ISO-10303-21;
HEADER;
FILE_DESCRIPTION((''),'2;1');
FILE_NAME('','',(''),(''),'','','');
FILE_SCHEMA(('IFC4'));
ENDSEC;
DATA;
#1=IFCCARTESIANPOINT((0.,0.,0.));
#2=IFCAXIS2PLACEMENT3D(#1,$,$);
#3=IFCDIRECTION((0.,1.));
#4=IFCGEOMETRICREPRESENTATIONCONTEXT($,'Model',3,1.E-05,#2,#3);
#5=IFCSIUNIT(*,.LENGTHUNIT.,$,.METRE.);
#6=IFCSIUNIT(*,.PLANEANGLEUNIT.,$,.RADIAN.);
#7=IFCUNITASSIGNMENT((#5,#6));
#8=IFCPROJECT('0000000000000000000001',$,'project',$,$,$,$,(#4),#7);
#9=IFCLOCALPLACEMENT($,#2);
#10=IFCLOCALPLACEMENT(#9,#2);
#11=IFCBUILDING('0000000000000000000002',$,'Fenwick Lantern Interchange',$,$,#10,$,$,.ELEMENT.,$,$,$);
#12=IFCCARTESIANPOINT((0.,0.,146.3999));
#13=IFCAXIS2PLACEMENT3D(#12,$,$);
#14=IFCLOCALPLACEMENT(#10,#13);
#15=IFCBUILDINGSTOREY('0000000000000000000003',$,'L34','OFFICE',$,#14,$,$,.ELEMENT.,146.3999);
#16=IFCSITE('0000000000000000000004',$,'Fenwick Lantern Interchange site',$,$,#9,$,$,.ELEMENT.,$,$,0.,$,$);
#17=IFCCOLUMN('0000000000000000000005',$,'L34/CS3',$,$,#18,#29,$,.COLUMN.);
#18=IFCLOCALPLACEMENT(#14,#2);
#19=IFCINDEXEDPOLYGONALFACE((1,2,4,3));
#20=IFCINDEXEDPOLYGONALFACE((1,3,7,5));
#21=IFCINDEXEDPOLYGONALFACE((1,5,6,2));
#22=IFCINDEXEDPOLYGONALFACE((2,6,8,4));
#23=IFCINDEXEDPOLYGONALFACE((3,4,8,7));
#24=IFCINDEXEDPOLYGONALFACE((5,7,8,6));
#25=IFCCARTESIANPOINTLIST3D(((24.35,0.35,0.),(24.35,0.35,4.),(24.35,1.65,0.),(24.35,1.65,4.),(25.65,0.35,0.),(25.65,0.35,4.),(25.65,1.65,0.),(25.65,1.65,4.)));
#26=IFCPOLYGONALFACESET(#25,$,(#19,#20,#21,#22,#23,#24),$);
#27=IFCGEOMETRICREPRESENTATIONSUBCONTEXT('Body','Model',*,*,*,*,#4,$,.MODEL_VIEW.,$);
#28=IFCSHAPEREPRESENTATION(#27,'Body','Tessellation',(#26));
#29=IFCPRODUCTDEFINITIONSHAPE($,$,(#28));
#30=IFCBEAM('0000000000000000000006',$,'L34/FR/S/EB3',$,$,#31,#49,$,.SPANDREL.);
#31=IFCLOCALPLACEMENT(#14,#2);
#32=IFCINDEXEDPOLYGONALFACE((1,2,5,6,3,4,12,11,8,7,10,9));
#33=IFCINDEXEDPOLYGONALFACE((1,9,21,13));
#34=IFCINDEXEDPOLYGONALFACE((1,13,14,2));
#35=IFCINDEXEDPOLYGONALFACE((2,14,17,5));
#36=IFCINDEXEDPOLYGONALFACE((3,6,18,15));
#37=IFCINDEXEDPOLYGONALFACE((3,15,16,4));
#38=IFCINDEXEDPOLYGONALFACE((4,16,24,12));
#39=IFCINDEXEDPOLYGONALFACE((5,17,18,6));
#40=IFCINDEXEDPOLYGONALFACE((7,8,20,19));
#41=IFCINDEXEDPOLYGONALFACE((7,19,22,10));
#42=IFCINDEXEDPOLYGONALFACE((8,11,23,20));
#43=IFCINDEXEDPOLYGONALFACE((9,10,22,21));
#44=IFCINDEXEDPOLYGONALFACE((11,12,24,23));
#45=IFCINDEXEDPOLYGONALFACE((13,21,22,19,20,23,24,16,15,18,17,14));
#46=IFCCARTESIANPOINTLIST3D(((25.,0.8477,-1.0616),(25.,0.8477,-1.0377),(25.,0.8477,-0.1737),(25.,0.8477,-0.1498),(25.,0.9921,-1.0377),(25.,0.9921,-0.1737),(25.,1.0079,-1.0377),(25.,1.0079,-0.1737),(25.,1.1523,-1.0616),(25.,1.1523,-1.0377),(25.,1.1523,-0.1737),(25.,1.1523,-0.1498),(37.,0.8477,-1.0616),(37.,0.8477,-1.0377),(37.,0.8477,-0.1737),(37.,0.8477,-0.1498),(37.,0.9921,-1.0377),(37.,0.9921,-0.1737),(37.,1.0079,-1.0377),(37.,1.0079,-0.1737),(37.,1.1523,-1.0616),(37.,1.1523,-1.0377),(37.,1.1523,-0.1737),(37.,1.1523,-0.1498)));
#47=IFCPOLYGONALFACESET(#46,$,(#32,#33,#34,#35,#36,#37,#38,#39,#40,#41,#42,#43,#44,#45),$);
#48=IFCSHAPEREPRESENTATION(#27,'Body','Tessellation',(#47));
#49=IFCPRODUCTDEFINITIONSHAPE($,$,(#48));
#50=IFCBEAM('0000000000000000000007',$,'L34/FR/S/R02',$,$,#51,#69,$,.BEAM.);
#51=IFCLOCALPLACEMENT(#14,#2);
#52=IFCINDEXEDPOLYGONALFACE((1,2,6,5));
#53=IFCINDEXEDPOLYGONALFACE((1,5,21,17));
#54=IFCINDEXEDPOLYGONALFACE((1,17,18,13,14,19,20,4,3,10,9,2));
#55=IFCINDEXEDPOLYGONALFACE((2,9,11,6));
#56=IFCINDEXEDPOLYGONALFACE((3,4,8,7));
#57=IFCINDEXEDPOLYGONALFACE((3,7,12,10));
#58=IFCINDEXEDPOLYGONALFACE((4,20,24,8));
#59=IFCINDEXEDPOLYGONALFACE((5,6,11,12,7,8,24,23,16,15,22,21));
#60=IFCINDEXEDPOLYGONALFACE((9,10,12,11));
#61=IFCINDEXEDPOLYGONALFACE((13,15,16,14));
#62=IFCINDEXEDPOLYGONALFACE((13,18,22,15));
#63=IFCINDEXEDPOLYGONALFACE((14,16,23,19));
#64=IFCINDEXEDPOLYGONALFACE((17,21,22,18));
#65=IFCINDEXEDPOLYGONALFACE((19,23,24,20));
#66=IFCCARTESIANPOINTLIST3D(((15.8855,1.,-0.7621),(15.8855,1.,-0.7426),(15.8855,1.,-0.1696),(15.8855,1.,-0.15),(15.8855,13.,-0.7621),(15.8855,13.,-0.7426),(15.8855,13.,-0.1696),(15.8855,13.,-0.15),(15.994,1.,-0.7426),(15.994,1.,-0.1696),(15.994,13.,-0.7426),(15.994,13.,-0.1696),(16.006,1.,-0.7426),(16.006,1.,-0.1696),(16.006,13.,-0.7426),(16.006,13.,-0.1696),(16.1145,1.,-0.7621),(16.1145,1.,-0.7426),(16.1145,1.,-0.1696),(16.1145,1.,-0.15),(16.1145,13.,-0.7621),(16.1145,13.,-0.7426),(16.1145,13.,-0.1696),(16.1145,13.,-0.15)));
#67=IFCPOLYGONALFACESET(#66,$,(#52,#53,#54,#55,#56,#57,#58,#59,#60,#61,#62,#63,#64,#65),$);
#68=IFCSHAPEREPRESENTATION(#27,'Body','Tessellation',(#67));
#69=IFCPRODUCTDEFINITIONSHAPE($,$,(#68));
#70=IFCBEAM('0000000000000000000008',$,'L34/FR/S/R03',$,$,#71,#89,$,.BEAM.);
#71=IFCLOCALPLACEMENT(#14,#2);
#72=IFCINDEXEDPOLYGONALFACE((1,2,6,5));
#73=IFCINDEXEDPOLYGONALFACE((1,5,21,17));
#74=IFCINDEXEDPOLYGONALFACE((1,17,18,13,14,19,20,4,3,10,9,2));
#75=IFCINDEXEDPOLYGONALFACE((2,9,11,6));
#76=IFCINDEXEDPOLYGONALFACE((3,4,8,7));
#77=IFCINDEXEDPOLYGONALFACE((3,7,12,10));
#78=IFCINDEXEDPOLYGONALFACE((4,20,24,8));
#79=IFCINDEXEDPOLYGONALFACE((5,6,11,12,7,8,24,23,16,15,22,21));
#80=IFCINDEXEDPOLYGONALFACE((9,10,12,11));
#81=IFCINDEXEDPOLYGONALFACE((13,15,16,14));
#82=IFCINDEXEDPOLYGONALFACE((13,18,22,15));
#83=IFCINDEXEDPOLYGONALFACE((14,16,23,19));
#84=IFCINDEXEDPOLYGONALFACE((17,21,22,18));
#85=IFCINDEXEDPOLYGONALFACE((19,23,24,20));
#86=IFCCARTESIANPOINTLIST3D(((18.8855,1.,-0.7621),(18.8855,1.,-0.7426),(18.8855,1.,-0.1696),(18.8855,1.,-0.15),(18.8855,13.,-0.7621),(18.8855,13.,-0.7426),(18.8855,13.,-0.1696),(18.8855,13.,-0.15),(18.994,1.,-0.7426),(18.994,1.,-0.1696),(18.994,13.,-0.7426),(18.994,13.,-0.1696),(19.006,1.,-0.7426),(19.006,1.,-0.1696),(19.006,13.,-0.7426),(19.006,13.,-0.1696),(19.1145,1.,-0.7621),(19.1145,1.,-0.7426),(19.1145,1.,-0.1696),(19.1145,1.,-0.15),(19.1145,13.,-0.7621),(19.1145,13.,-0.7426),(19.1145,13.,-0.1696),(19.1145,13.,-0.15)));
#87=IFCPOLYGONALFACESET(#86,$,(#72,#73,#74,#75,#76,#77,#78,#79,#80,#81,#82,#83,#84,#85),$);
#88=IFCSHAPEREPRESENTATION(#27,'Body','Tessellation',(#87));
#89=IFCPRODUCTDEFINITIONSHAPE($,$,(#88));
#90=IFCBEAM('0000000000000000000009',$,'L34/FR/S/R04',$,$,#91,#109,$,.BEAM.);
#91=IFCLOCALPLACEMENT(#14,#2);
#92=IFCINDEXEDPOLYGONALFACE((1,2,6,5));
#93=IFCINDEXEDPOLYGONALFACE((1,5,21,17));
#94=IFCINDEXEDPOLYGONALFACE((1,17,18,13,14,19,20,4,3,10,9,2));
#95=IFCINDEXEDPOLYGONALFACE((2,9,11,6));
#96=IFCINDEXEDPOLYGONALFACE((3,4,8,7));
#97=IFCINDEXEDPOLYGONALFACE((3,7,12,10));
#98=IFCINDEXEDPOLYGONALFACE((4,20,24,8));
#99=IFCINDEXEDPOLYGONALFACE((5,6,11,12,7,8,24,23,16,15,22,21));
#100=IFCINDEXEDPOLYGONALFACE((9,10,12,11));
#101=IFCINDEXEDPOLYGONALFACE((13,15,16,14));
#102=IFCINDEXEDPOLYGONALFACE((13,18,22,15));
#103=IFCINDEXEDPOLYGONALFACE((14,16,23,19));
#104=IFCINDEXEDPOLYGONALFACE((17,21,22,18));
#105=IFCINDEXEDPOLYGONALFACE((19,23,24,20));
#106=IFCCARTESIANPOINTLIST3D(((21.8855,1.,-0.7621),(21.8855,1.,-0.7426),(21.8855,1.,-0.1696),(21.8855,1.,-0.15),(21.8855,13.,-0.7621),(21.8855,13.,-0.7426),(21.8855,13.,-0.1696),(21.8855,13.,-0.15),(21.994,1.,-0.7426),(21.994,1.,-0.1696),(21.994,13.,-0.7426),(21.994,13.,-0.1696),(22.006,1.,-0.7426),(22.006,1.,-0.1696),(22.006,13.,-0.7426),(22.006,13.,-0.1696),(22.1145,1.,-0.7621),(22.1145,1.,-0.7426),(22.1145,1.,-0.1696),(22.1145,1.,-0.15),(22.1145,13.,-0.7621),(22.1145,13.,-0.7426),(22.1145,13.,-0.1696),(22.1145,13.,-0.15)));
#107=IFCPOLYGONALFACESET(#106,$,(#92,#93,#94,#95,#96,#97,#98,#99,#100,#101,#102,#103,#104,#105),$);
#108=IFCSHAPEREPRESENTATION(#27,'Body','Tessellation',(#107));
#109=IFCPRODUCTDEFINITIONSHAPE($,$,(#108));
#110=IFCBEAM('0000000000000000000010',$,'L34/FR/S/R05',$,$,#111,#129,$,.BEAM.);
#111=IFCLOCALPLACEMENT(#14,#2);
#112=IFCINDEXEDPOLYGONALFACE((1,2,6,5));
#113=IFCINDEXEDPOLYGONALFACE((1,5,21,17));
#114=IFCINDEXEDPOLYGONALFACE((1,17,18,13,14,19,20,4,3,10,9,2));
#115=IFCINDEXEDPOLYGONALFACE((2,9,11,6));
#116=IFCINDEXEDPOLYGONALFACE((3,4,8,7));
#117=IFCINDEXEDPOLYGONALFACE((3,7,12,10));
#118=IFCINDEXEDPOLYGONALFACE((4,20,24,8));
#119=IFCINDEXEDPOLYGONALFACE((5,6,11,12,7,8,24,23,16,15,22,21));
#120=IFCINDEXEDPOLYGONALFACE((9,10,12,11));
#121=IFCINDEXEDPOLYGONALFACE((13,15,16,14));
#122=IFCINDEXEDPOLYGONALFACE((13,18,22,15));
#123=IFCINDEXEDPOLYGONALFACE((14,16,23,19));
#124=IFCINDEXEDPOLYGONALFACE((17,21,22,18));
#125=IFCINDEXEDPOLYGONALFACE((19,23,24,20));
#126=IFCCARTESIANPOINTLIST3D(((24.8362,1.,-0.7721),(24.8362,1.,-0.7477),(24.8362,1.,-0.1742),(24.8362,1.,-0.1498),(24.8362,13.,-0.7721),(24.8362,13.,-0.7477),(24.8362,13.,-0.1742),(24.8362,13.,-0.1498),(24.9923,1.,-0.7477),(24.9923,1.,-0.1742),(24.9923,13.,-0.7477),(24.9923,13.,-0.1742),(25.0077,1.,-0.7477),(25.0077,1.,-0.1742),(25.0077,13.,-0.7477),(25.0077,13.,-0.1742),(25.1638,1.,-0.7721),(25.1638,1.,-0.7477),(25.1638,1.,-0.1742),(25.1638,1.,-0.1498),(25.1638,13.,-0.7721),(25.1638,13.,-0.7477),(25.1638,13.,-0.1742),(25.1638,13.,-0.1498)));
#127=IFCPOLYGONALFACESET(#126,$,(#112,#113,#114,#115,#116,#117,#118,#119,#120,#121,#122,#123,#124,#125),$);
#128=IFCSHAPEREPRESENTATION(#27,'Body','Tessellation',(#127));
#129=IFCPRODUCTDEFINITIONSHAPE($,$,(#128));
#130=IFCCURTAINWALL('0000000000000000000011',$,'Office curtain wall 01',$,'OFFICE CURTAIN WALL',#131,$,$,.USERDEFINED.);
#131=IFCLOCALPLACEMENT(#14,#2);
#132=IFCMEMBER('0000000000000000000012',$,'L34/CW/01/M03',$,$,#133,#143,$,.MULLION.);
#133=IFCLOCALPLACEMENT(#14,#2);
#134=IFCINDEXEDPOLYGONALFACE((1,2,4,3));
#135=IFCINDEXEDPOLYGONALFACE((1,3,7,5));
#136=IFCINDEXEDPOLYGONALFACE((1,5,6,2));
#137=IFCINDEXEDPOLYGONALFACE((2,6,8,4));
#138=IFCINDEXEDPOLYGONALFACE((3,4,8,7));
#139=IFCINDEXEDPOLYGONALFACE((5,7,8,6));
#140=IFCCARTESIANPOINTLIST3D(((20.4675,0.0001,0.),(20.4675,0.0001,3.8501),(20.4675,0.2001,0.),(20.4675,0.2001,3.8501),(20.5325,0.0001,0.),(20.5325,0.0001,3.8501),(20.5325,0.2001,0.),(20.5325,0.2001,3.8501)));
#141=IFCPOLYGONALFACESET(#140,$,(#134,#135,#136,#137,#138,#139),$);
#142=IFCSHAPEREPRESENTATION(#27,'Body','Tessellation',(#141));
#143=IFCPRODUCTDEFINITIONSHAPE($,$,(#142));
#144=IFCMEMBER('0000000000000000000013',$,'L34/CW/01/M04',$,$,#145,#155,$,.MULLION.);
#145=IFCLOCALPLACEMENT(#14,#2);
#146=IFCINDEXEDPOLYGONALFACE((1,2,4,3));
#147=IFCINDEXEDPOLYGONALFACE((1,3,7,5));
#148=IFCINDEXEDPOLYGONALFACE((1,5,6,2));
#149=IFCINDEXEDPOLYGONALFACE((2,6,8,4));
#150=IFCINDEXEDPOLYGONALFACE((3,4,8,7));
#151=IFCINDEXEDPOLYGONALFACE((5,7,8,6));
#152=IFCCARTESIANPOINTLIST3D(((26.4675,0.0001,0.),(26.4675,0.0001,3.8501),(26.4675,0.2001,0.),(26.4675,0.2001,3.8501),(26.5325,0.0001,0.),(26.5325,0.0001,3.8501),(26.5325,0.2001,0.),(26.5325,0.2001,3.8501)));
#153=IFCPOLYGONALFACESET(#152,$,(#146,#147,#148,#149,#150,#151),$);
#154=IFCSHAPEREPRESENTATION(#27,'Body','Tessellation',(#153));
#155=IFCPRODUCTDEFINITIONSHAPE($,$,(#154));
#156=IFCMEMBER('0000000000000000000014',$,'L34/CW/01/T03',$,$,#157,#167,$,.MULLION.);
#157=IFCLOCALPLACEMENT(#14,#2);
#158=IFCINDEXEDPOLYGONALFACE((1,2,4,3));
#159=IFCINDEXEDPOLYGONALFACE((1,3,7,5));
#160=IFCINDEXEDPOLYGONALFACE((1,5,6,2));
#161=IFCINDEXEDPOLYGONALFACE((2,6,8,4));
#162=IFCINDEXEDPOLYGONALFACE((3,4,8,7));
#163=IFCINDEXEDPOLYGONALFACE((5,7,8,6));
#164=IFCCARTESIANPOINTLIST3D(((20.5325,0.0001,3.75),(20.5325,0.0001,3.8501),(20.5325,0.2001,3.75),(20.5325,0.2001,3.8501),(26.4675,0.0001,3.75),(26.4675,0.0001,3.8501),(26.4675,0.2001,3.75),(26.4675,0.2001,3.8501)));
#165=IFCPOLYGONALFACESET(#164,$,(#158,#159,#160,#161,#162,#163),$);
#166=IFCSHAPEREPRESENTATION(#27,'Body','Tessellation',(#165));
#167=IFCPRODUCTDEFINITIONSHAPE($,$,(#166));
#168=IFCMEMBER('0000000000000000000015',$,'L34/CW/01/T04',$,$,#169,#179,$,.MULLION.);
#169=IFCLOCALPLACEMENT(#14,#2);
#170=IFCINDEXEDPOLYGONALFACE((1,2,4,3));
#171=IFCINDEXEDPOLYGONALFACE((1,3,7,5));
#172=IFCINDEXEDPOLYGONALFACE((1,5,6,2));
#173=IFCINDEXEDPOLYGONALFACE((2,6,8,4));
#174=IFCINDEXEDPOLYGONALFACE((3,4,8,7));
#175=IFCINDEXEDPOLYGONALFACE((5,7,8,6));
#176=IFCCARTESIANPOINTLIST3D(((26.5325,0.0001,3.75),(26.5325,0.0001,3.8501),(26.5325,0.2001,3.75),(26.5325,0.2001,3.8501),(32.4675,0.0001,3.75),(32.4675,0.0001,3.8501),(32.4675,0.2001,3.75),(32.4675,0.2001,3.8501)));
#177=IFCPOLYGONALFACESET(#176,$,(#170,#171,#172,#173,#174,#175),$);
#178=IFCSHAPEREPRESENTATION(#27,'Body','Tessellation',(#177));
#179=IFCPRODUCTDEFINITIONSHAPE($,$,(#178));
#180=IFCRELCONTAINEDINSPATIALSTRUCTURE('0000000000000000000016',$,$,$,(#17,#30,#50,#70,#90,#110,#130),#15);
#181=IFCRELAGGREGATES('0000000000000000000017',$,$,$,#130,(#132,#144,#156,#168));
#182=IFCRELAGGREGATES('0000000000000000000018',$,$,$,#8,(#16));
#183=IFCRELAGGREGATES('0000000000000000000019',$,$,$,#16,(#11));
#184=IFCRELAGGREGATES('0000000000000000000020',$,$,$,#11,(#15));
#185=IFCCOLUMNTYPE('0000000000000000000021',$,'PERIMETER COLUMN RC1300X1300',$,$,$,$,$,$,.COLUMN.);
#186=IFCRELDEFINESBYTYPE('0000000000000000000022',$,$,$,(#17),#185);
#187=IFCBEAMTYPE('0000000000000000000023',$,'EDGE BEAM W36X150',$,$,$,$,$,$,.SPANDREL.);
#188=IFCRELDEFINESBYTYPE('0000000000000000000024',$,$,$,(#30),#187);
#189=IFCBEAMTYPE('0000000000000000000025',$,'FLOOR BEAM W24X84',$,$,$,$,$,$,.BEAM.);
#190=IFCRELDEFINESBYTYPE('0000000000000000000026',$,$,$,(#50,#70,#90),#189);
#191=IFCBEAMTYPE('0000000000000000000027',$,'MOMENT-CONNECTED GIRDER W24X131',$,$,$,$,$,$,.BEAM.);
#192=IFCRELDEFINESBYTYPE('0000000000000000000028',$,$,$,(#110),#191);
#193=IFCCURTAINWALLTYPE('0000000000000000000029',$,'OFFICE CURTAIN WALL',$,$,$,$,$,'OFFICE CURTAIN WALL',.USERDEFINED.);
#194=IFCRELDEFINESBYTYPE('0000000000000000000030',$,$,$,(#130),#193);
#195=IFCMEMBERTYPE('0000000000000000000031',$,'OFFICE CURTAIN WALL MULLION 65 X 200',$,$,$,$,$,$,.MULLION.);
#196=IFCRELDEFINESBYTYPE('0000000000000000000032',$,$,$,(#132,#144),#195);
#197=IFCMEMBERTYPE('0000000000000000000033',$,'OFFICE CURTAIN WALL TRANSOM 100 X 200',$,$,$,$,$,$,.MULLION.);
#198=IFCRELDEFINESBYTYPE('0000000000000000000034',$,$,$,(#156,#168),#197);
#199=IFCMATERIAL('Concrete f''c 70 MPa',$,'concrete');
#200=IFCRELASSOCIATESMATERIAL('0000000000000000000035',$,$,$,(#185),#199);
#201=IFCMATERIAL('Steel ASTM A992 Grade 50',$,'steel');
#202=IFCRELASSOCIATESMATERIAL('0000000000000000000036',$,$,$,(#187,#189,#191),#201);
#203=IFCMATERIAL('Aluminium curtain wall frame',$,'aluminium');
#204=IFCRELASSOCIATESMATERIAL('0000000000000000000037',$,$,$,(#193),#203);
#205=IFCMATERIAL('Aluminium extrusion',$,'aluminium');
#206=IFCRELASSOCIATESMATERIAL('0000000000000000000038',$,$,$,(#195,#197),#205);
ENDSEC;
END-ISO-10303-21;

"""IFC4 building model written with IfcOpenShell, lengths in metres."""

from ifc_helpers import new_model, si_unit, direction, frame, origin, origin_2d, place, context, subcontext, project, spatial, rectangle, i_section, extrude, material, material_profile, profile_set, type_object, element, aggregate, save


model = new_model("IFC4")

# Units and contexts
model_context = context("Model", 3, precision=1e-05, world=origin(), true_north=direction((0.0, 1.0)))
body_context = subcontext(model_context, "Body", "Model", "MODEL_VIEW")
ifc_project = project(units=[si_unit("LENGTHUNIT", "METRE"), si_unit("PLANEANGLEUNIT", "RADIAN")], contexts=[model_context])

# Site, building, storey
site_placement = place(None, origin())
site = spatial("IfcSite", under=ifc_project, at=site_placement, Name="Fenwick Lantern Interchange site", CompositionType="ELEMENT", RefElevation=0.0)
building_placement = place(site_placement, origin())
building = spatial("IfcBuilding", under=site, at=building_placement, Name="Fenwick Lantern Interchange", CompositionType="ELEMENT")
storey_placement = place(building_placement, frame((0.0, 0.0, 146.3999)))
storey = spatial("IfcBuildingStorey", under=building, at=storey_placement, Name="L34", Description="OFFICE", CompositionType="ELEMENT", Elevation=146.3999)

# Column
ifc_material_1 = material(Name="Concrete f'c 70 MPa", Category="concrete")
ifc_material_profile_1 = material_profile(ifc_material_1, rectangle(XDim=1.3, YDim=1.3, at=origin_2d()), Name="RC1300X1300")
ifc_profile_set_1 = profile_set([ifc_material_profile_1], Name="Concrete f'c 70 MPa")
column_type = type_object("IfcColumnType", Name="PERIMETER COLUMN RC1300X1300", PredefinedType="COLUMN", material=ifc_profile_set_1)
column_placement = place(storey_placement, frame((25.0, 1.0, 0.0), z_axis=(0.0, 0.0, 1.0), x_axis=(1.0, 0.0, 0.0)))
element("IfcColumn", 1, at=column_placement, inside=storey, type_object=column_type, Name="L34/CS3", PredefinedType="COLUMN", context=body_context, shape_type="SweptSolid", body=[
    extrude(rectangle(XDim=1.3, YDim=1.3, at=origin_2d()), origin(), (0.0, 0.0, 1.0), 4.0),
])

# Beams
ifc_material_2 = material(Name="Steel ASTM A992 Grade 50", Category="steel")
ifc_material_profile_2 = material_profile(ifc_material_2, i_section(OverallWidth=0.3047, OverallDepth=0.9119, WebThickness=0.0159, FlangeThickness=0.0239, at=origin_2d()), Name="W36X150")
ifc_profile_set_2 = profile_set([ifc_material_profile_2], Name="Steel ASTM A992 Grade 50")
beam_type_1 = type_object("IfcBeamType", Name="EDGE BEAM W36X150", PredefinedType="SPANDREL", material=ifc_profile_set_2)
beam_1_placement = place(storey_placement, frame((25.0, 1.0, -0.6057), z_axis=(1.0, 0.0, 0.0), x_axis=(0.0, 1.0, 0.0)))
element("IfcBeam", 2, at=beam_1_placement, inside=storey, type_object=beam_type_1, Name="L34/FR/S/EB3", PredefinedType="SPANDREL", context=body_context, shape_type="SweptSolid", body=[
    extrude(i_section(OverallWidth=0.3047, OverallDepth=0.9119, WebThickness=0.0159, FlangeThickness=0.0239, at=origin_2d()), origin(), (0.0, 0.0, 1.0), 12.0),
])
ifc_material_profile_3 = material_profile(ifc_material_2, i_section(OverallWidth=0.229, OverallDepth=0.6121, WebThickness=0.012, FlangeThickness=0.0195, at=origin_2d()), Name="W24X84")
ifc_profile_set_3 = profile_set([ifc_material_profile_3], Name="Steel ASTM A992 Grade 50")
beam_type_2 = type_object("IfcBeamType", Name="FLOOR BEAM W24X84", PredefinedType="BEAM", material=ifc_profile_set_3)
for number, where, z_axis, x_axis, name in (
    (3, (16.0, 1.0, -0.4561), (0.0, 1.0, 0.0), (-1.0, 0.0, 0.0), "L34/FR/S/R02"),
    (4, (19.0, 1.0, -0.4561), (0.0, 1.0, 0.0), (-1.0, 0.0, 0.0), "L34/FR/S/R03"),
    (5, (22.0, 1.0, -0.4561), (0.0, 1.0, 0.0), (-1.0, 0.0, 0.0), "L34/FR/S/R04"),
):
    element("IfcBeam", number, at=place(storey_placement, frame(where, z_axis=z_axis, x_axis=x_axis)), inside=storey, type_object=beam_type_2, Name=name, PredefinedType="BEAM", context=body_context, shape_type="SweptSolid", body=[
        extrude(i_section(OverallWidth=0.229, OverallDepth=0.6121, WebThickness=0.012, FlangeThickness=0.0195, at=origin_2d()), origin(), (0.0, 0.0, 1.0), 12.0),
    ])
ifc_material_profile_4 = material_profile(ifc_material_2, i_section(OverallWidth=0.3276, OverallDepth=0.6223, WebThickness=0.0154, FlangeThickness=0.0244, at=origin_2d()), Name="W24X131")
ifc_profile_set_4 = profile_set([ifc_material_profile_4], Name="Steel ASTM A992 Grade 50")
beam_type_3 = type_object("IfcBeamType", Name="MOMENT-CONNECTED GIRDER W24X131", PredefinedType="BEAM", material=ifc_profile_set_4)
beam_2_placement = place(storey_placement, frame((25.0, 1.0, -0.4609), z_axis=(0.0, 1.0, 0.0), x_axis=(-1.0, 0.0, 0.0)))
element("IfcBeam", 6, at=beam_2_placement, inside=storey, type_object=beam_type_3, Name="L34/FR/S/R05", PredefinedType="BEAM", context=body_context, shape_type="SweptSolid", body=[
    extrude(i_section(OverallWidth=0.3276, OverallDepth=0.6223, WebThickness=0.0154, FlangeThickness=0.0244, at=origin_2d()), origin(), (0.0, 0.0, 1.0), 12.0),
])

# Curtain wall, members
ifc_material_3 = material(Name="Aluminium curtain wall frame", Category="aluminium")
curtain_wall_type = type_object("IfcCurtainWallType", Name="OFFICE CURTAIN WALL", ElementType="OFFICE CURTAIN WALL", PredefinedType="USERDEFINED", material=ifc_material_3)
curtain_wall_placement = place(storey_placement, origin())
curtain_wall = element("IfcCurtainWall", 7, at=curtain_wall_placement, inside=storey, type_object=curtain_wall_type, Name="Office curtain wall 01", ObjectType="OFFICE CURTAIN WALL", PredefinedType="USERDEFINED")
ifc_material_4 = material(Name="Aluminium extrusion", Category="aluminium")
ifc_material_profile_5 = material_profile(ifc_material_4, rectangle(XDim=0.2, YDim=0.0649, at=origin_2d()), Name="OFFICE CURTAIN WALL MULLION 65 X 200")
ifc_profile_set_5 = profile_set([ifc_material_profile_5], Name="Aluminium extrusion")
member_type_1 = type_object("IfcMemberType", Name="OFFICE CURTAIN WALL MULLION 65 X 200", PredefinedType="MULLION", material=ifc_profile_set_5)
member_1_placement = place(storey_placement, frame((20.5, 0.1001, 0.0), z_axis=(0.0, 0.0, 1.0), x_axis=(0.0, 1.0, 0.0)))
member_1 = element("IfcMember", 8, at=member_1_placement, type_object=member_type_1, Name="L34/CW/01/M03", PredefinedType="MULLION", context=body_context, shape_type="SweptSolid", body=[
    extrude(rectangle(XDim=0.2, YDim=0.0649, at=origin_2d()), origin(), (0.0, 0.0, 1.0), 3.8501),
])
member_2_placement = place(storey_placement, frame((26.5, 0.1001, 0.0), z_axis=(0.0, 0.0, 1.0), x_axis=(0.0, 1.0, 0.0)))
member_2 = element("IfcMember", 9, at=member_2_placement, type_object=member_type_1, Name="L34/CW/01/M04", PredefinedType="MULLION", context=body_context, shape_type="SweptSolid", body=[
    extrude(rectangle(XDim=0.2, YDim=0.0649, at=origin_2d()), origin(), (0.0, 0.0, 1.0), 3.8501),
])
ifc_material_profile_6 = material_profile(ifc_material_4, rectangle(XDim=0.2, YDim=0.1001, at=origin_2d()), Name="OFFICE CURTAIN WALL TRANSOM 100 X 200")
ifc_profile_set_6 = profile_set([ifc_material_profile_6], Name="Aluminium extrusion")
member_type_2 = type_object("IfcMemberType", Name="OFFICE CURTAIN WALL TRANSOM 100 X 200", PredefinedType="MULLION", material=ifc_profile_set_6)
member_3_placement = place(storey_placement, frame((20.5325, 0.1001, 3.8), z_axis=(1.0, 0.0, 0.0), x_axis=(0.0, 1.0, 0.0)))
member_3 = element("IfcMember", 10, at=member_3_placement, type_object=member_type_2, Name="L34/CW/01/T03", PredefinedType="MULLION", context=body_context, shape_type="SweptSolid", body=[
    extrude(rectangle(XDim=0.2, YDim=0.1001, at=origin_2d()), origin(), (0.0, 0.0, 1.0), 5.9351),
])
member_4_placement = place(storey_placement, frame((26.5325, 0.1001, 3.8), z_axis=(1.0, 0.0, 0.0), x_axis=(0.0, 1.0, 0.0)))
member_4 = element("IfcMember", 11, at=member_4_placement, type_object=member_type_2, Name="L34/CW/01/T04", PredefinedType="MULLION", context=body_context, shape_type="SweptSolid", body=[
    extrude(rectangle(XDim=0.2, YDim=0.1001, at=origin_2d()), origin(), (0.0, 0.0, 1.0), 5.9351),
])
aggregate(curtain_wall, [member_1, member_2, member_3, member_4])

save(model, "model.ifc")
